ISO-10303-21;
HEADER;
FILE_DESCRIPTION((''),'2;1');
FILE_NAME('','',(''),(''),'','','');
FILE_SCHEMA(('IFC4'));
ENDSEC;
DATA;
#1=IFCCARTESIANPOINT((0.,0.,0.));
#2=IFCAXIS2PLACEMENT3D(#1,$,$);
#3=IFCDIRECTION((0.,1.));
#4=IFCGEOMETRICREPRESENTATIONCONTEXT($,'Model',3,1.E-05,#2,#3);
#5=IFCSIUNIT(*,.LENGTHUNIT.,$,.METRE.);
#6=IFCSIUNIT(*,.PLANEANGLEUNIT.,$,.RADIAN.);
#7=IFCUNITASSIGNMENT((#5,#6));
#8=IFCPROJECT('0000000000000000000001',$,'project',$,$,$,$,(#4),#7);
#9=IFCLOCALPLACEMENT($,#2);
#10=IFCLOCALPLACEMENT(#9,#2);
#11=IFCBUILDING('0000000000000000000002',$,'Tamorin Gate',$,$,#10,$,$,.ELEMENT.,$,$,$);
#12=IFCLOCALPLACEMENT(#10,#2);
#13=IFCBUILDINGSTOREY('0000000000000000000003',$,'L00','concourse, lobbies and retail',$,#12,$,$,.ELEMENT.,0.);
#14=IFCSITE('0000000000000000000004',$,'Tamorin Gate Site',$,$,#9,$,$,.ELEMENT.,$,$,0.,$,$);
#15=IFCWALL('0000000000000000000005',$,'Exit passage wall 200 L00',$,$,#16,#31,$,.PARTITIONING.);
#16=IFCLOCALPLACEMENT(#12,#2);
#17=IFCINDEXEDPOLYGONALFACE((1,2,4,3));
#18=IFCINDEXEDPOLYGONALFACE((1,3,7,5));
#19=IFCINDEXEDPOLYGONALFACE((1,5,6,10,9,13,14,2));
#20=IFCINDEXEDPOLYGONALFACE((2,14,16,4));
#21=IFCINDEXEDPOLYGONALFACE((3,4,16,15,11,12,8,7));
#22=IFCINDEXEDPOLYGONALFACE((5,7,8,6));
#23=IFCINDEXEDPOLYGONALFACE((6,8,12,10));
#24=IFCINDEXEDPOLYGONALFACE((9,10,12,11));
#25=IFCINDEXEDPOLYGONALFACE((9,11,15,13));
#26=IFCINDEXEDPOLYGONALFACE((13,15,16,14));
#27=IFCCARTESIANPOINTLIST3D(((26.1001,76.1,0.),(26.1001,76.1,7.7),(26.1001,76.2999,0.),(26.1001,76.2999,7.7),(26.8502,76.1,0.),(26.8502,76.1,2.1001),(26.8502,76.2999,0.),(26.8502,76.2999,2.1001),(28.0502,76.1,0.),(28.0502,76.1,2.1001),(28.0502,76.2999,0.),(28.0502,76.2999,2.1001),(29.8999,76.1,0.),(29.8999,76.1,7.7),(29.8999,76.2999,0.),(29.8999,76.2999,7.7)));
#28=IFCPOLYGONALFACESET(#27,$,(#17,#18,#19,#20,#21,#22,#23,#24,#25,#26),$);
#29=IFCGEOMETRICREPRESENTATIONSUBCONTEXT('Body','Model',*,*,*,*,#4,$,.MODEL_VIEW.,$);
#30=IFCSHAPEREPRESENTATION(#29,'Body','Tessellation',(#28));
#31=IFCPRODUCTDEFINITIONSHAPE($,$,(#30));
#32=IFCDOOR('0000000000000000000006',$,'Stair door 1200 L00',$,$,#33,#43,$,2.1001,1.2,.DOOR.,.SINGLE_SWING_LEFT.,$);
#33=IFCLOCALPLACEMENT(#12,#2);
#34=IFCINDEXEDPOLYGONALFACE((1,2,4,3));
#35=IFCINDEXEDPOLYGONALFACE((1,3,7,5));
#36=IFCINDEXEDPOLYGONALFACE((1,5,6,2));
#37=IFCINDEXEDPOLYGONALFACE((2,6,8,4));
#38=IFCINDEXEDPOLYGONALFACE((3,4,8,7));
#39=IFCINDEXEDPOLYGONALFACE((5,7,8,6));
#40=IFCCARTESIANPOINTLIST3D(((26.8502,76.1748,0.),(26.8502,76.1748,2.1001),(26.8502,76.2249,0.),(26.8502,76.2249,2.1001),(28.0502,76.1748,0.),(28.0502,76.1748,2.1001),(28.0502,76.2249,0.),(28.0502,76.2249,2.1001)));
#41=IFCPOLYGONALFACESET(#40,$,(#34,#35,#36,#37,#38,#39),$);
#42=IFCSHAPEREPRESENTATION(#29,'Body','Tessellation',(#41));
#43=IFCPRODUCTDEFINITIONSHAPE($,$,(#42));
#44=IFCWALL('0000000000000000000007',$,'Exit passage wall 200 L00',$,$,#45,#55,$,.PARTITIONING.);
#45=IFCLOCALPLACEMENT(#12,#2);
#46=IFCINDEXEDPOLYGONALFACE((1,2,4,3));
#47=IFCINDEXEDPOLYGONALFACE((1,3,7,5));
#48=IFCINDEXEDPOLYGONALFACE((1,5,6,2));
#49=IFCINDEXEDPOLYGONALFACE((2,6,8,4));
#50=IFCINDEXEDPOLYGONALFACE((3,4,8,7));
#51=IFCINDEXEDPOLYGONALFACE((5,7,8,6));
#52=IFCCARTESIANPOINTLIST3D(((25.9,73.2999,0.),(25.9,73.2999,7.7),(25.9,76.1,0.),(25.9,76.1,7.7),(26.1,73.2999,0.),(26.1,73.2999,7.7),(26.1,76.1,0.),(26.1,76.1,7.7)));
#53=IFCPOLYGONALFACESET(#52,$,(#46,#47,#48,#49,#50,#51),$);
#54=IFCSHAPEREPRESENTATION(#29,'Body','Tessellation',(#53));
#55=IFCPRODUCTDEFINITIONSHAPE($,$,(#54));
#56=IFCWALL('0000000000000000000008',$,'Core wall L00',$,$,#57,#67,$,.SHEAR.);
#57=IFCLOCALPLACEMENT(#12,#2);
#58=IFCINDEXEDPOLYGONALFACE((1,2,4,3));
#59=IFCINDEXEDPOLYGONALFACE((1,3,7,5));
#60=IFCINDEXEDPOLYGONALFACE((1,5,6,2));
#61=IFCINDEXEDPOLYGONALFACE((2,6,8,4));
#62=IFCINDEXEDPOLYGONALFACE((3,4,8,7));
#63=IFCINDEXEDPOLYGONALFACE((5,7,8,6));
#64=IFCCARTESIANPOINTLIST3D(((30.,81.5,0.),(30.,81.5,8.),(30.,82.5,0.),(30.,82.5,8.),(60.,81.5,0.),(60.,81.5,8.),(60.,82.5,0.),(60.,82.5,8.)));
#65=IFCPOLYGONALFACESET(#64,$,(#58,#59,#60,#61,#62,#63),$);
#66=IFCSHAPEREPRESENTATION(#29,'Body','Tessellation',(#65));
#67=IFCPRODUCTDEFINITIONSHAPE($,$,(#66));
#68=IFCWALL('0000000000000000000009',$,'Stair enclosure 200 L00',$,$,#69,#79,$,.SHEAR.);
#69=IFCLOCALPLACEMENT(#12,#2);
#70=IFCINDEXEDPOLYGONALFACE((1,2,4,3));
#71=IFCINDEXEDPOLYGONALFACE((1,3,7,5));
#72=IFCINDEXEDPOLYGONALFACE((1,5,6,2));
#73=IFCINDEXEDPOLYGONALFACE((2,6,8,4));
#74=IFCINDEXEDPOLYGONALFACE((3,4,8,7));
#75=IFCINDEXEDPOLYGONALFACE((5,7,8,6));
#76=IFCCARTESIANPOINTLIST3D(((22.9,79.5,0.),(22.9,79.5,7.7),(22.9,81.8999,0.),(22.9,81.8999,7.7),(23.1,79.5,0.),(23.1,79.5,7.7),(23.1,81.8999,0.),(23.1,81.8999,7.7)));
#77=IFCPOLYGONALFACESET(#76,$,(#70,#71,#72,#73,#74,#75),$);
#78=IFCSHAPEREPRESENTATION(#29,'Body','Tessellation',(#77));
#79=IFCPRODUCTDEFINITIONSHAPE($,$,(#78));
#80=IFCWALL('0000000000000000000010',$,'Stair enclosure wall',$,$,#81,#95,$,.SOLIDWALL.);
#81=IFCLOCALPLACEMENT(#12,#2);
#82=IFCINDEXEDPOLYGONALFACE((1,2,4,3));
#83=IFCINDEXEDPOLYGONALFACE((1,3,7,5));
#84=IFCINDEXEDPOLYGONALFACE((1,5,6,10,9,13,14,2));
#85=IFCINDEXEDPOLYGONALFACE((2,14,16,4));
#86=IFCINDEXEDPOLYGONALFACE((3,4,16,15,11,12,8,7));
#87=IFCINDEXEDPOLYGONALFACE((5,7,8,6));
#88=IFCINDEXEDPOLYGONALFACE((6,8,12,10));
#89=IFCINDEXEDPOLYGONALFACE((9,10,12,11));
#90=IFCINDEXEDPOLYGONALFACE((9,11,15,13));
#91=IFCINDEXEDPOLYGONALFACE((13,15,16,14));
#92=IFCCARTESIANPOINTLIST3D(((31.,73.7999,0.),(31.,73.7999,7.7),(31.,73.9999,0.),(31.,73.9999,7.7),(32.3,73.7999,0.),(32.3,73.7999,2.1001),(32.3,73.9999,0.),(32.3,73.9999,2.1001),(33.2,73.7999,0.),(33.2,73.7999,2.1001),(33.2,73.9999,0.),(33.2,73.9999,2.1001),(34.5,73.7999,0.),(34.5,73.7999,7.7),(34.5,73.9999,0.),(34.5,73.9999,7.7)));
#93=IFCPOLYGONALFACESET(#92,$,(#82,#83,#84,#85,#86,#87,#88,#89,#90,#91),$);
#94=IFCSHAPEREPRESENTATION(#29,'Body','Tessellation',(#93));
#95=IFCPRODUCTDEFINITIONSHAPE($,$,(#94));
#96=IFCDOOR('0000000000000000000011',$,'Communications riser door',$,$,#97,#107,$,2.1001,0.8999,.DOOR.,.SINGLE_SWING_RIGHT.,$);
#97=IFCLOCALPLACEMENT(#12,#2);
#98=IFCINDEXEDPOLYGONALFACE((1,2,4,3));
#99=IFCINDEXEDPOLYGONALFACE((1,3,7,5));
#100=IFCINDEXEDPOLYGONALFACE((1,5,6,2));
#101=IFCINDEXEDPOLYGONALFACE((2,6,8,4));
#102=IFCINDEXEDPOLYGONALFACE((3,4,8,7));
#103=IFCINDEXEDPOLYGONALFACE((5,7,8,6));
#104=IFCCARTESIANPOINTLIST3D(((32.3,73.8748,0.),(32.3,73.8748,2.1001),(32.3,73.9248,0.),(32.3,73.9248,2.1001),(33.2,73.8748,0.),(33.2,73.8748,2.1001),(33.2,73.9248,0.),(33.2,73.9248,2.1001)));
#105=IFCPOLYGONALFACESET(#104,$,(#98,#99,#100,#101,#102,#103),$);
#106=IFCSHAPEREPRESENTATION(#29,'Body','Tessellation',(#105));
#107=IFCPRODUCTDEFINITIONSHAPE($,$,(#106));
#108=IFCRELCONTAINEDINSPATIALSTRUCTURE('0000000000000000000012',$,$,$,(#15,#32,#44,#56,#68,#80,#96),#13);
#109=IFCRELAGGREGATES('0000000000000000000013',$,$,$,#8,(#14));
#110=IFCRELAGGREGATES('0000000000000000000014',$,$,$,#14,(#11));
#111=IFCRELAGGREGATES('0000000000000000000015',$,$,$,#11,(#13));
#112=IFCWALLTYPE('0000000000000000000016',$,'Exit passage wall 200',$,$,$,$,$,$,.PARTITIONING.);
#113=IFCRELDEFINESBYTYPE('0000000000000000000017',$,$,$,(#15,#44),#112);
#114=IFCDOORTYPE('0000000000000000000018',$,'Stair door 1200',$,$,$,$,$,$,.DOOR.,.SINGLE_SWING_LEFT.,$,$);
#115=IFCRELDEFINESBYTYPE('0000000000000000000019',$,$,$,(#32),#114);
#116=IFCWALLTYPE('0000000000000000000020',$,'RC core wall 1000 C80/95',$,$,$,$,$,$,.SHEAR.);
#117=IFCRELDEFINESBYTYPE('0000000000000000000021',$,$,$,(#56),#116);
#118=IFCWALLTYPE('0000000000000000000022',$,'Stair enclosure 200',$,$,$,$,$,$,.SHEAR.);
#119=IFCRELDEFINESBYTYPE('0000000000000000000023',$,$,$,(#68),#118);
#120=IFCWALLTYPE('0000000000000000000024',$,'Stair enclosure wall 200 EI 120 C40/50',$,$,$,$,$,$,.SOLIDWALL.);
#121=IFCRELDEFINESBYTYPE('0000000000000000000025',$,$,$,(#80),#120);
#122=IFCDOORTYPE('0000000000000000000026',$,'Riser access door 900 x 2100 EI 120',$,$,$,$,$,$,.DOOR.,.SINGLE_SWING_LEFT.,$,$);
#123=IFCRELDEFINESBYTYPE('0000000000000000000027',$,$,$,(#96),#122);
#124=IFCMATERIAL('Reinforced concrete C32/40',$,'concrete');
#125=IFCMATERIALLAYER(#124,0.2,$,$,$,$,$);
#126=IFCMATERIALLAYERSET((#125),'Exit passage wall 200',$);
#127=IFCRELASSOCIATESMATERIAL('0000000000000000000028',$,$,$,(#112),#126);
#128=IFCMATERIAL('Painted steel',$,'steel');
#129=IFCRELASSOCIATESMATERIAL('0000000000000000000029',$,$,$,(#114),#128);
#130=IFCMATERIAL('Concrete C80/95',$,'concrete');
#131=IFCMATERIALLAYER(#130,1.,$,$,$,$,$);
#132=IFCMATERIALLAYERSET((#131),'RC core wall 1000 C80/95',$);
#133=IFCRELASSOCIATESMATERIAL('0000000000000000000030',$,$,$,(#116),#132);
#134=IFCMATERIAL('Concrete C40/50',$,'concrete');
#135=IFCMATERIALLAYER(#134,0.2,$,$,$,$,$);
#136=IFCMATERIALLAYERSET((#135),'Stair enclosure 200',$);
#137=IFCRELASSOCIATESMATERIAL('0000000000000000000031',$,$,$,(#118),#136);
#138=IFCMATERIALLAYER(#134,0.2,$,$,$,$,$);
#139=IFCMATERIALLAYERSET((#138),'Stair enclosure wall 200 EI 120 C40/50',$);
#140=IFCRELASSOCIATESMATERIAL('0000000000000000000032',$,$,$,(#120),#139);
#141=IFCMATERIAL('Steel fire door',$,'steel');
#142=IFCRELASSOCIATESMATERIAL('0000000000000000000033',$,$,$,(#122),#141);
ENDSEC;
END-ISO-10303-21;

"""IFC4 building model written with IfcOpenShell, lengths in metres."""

from ifc_helpers import new_model, si_unit, direction, frame, frame_2d, origin, place, context, subcontext, project, spatial, rectangle, extrude, material, layer, layer_set, type_object, element, fill, save


model = new_model("IFC4")

# Units and contexts
model_context = context("Model", 3, precision=1e-05, world=origin(), true_north=direction((0.0, 1.0)))
body_context = subcontext(model_context, "Body", "Model", "MODEL_VIEW")
ifc_project = project(units=[si_unit("LENGTHUNIT", "METRE"), si_unit("PLANEANGLEUNIT", "RADIAN")], contexts=[model_context])

# Site, building, storey
site_placement = place(None, origin())
site = spatial("IfcSite", under=ifc_project, at=site_placement, Name="Tamorin Gate Site", CompositionType="ELEMENT", RefElevation=0.0)
building_placement = place(site_placement, origin())
building = spatial("IfcBuilding", under=site, at=building_placement, Name="Tamorin Gate", CompositionType="ELEMENT")
storey_placement = place(building_placement, origin())
storey = spatial("IfcBuildingStorey", under=building, at=storey_placement, Name="L00", Description="concourse, lobbies and retail", CompositionType="ELEMENT", Elevation=0.0)

# Wall, opening, door
ifc_material_1 = material(Name="Reinforced concrete C32/40", Category="concrete")
ifc_layer_1 = layer(ifc_material_1, 0.2)
ifc_layer_set_1 = layer_set([ifc_layer_1], Name="Exit passage wall 200")
wall_type_1 = type_object("IfcWallType", Name="Exit passage wall 200", PredefinedType="PARTITIONING", material=ifc_layer_set_1)
wall_1_placement = place(storey_placement, frame((26.1001, 76.2, 0.0), z_axis=(0.0, 0.0, 1.0), x_axis=(1.0, 0.0, 0.0)))
wall_1 = element("IfcWall", 1, at=wall_1_placement, inside=storey, type_object=wall_type_1, Name="Exit passage wall 200 L00", PredefinedType="PARTITIONING", context=body_context, shape_type="SweptSolid", body=[
    extrude(rectangle(XDim=3.7998, YDim=0.2, at=frame_2d((1.8999, 0.0))), origin(), (0.0, 0.0, 1.0), 7.7),
])
opening_1_placement = place(wall_1_placement, frame((0.75, 0.0, 0.0)))
opening_1 = element("IfcOpeningElement", 2, at=opening_1_placement, cuts=wall_1, PredefinedType="OPENING", context=body_context, shape_type="SweptSolid", body=[
    extrude(rectangle(XDim=1.2, YDim=2.1001, at=frame_2d((0.6001, 1.05))), frame((0.0, 0.1099, 0.0), z_axis=(0.0, -1.0, 0.0), x_axis=(1.0, 0.0, 0.0)), (0.0, 0.0, 1.0), 0.22),
])
ifc_material_2 = material(Name="Painted steel", Category="steel")
door_type_1 = type_object("IfcDoorType", Name="Stair door 1200", OperationType="SINGLE_SWING_LEFT", PredefinedType="DOOR", material=ifc_material_2)
door_1_placement = place(opening_1_placement, origin())
door_1 = element("IfcDoor", 3, at=door_1_placement, inside=storey, type_object=door_type_1, Name="Stair door 1200 L00", OperationType="SINGLE_SWING_LEFT", OverallHeight=2.1001, OverallWidth=1.2, PredefinedType="DOOR", context=body_context, shape_type="SweptSolid", body=[
    extrude(rectangle(XDim=1.2, YDim=2.1001, at=frame_2d((0.6001, 1.05))), frame((0.0, 0.0249, 0.0), z_axis=(0.0, -1.0, 0.0), x_axis=(1.0, 0.0, 0.0)), (0.0, 0.0, 1.0), 0.05),
])
fill(opening_1, door_1)

# Walls
wall_2_placement = place(storey_placement, frame((26.0, 73.3, 0.0), z_axis=(0.0, 0.0, 1.0), x_axis=(0.0, 1.0, 0.0)))
element("IfcWall", 4, at=wall_2_placement, inside=storey, type_object=wall_type_1, Name="Exit passage wall 200 L00", PredefinedType="PARTITIONING", context=body_context, shape_type="SweptSolid", body=[
    extrude(rectangle(XDim=2.8, YDim=0.2, at=frame_2d((1.3999, 0.0))), origin(), (0.0, 0.0, 1.0), 7.7),
])
ifc_material_3 = material(Name="Concrete C80/95", Category="concrete")
ifc_layer_2 = layer(ifc_material_3, 1.0)
ifc_layer_set_2 = layer_set([ifc_layer_2], Name="RC core wall 1000 C80/95")
wall_type_2 = type_object("IfcWallType", Name="RC core wall 1000 C80/95", PredefinedType="SHEAR", material=ifc_layer_set_2)
wall_3_placement = place(storey_placement, frame((30.0, 82.0, 0.0), z_axis=(0.0, 0.0, 1.0), x_axis=(1.0, 0.0, 0.0)))
element("IfcWall", 5, at=wall_3_placement, inside=storey, type_object=wall_type_2, Name="Core wall L00", PredefinedType="SHEAR", context=body_context, shape_type="SweptSolid", body=[
    extrude(rectangle(XDim=30.0, YDim=1.0, at=frame_2d((15.0, 0.0))), origin(), (0.0, 0.0, 1.0), 8.0),
])
ifc_material_4 = material(Name="Concrete C40/50", Category="concrete")
ifc_layer_3 = layer(ifc_material_4, 0.2)
ifc_layer_set_3 = layer_set([ifc_layer_3], Name="Stair enclosure 200")
wall_type_3 = type_object("IfcWallType", Name="Stair enclosure 200", PredefinedType="SHEAR", material=ifc_layer_set_3)
wall_4_placement = place(storey_placement, frame((23.0, 79.5, 0.0), z_axis=(0.0, 0.0, 1.0), x_axis=(0.0, 1.0, 0.0)))
element("IfcWall", 6, at=wall_4_placement, inside=storey, type_object=wall_type_3, Name="Stair enclosure 200 L00", PredefinedType="SHEAR", context=body_context, shape_type="SweptSolid", body=[
    extrude(rectangle(XDim=2.3999, YDim=0.2, at=frame_2d((1.2, 0.0))), origin(), (0.0, 0.0, 1.0), 7.7),
])

# Wall, opening, door
ifc_layer_4 = layer(ifc_material_4, 0.2)
ifc_layer_set_4 = layer_set([ifc_layer_4], Name="Stair enclosure wall 200 EI 120 C40/50")
wall_type_4 = type_object("IfcWallType", Name="Stair enclosure wall 200 EI 120 C40/50", PredefinedType="SOLIDWALL", material=ifc_layer_set_4)
wall_5_placement = place(storey_placement, frame((31.0, 73.8999, 0.0), z_axis=(0.0, 0.0, 1.0), x_axis=(1.0, 0.0, 0.0)))
wall_5 = element("IfcWall", 7, at=wall_5_placement, inside=storey, type_object=wall_type_4, Name="Stair enclosure wall", PredefinedType="SOLIDWALL", context=body_context, shape_type="SweptSolid", body=[
    extrude(rectangle(XDim=3.5, YDim=0.2, at=frame_2d((1.75, 0.0))), origin(), (0.0, 0.0, 1.0), 7.7),
])
opening_2_placement = place(wall_5_placement, frame((1.3, 0.0, 0.0)))
opening_2 = element("IfcOpeningElement", 8, at=opening_2_placement, cuts=wall_5, PredefinedType="OPENING", context=body_context, shape_type="SweptSolid", body=[
    extrude(rectangle(XDim=0.8999, YDim=2.1001, at=frame_2d((0.45, 1.05))), frame((0.0, 0.1099, 0.0), z_axis=(0.0, -1.0, 0.0), x_axis=(1.0, 0.0, 0.0)), (0.0, 0.0, 1.0), 0.22),
])
ifc_material_5 = material(Name="Steel fire door", Category="steel")
door_type_2 = type_object("IfcDoorType", Name="Riser access door 900 x 2100 EI 120", OperationType="SINGLE_SWING_LEFT", PredefinedType="DOOR", material=ifc_material_5)
door_2_placement = place(opening_2_placement, origin())
door_2 = element("IfcDoor", 9, at=door_2_placement, inside=storey, type_object=door_type_2, Name="Communications riser door", OperationType="SINGLE_SWING_RIGHT", OverallHeight=2.1001, OverallWidth=0.8999, PredefinedType="DOOR", context=body_context, shape_type="SweptSolid", body=[
    extrude(rectangle(XDim=0.8999, YDim=2.1001, at=frame_2d((0.45, 1.05))), frame((0.0, 0.0249, 0.0), z_axis=(0.0, -1.0, 0.0), x_axis=(1.0, 0.0, 0.0)), (0.0, 0.0, 1.0), 0.05),
])
fill(opening_2, door_2)

save(model, "model.ifc")
